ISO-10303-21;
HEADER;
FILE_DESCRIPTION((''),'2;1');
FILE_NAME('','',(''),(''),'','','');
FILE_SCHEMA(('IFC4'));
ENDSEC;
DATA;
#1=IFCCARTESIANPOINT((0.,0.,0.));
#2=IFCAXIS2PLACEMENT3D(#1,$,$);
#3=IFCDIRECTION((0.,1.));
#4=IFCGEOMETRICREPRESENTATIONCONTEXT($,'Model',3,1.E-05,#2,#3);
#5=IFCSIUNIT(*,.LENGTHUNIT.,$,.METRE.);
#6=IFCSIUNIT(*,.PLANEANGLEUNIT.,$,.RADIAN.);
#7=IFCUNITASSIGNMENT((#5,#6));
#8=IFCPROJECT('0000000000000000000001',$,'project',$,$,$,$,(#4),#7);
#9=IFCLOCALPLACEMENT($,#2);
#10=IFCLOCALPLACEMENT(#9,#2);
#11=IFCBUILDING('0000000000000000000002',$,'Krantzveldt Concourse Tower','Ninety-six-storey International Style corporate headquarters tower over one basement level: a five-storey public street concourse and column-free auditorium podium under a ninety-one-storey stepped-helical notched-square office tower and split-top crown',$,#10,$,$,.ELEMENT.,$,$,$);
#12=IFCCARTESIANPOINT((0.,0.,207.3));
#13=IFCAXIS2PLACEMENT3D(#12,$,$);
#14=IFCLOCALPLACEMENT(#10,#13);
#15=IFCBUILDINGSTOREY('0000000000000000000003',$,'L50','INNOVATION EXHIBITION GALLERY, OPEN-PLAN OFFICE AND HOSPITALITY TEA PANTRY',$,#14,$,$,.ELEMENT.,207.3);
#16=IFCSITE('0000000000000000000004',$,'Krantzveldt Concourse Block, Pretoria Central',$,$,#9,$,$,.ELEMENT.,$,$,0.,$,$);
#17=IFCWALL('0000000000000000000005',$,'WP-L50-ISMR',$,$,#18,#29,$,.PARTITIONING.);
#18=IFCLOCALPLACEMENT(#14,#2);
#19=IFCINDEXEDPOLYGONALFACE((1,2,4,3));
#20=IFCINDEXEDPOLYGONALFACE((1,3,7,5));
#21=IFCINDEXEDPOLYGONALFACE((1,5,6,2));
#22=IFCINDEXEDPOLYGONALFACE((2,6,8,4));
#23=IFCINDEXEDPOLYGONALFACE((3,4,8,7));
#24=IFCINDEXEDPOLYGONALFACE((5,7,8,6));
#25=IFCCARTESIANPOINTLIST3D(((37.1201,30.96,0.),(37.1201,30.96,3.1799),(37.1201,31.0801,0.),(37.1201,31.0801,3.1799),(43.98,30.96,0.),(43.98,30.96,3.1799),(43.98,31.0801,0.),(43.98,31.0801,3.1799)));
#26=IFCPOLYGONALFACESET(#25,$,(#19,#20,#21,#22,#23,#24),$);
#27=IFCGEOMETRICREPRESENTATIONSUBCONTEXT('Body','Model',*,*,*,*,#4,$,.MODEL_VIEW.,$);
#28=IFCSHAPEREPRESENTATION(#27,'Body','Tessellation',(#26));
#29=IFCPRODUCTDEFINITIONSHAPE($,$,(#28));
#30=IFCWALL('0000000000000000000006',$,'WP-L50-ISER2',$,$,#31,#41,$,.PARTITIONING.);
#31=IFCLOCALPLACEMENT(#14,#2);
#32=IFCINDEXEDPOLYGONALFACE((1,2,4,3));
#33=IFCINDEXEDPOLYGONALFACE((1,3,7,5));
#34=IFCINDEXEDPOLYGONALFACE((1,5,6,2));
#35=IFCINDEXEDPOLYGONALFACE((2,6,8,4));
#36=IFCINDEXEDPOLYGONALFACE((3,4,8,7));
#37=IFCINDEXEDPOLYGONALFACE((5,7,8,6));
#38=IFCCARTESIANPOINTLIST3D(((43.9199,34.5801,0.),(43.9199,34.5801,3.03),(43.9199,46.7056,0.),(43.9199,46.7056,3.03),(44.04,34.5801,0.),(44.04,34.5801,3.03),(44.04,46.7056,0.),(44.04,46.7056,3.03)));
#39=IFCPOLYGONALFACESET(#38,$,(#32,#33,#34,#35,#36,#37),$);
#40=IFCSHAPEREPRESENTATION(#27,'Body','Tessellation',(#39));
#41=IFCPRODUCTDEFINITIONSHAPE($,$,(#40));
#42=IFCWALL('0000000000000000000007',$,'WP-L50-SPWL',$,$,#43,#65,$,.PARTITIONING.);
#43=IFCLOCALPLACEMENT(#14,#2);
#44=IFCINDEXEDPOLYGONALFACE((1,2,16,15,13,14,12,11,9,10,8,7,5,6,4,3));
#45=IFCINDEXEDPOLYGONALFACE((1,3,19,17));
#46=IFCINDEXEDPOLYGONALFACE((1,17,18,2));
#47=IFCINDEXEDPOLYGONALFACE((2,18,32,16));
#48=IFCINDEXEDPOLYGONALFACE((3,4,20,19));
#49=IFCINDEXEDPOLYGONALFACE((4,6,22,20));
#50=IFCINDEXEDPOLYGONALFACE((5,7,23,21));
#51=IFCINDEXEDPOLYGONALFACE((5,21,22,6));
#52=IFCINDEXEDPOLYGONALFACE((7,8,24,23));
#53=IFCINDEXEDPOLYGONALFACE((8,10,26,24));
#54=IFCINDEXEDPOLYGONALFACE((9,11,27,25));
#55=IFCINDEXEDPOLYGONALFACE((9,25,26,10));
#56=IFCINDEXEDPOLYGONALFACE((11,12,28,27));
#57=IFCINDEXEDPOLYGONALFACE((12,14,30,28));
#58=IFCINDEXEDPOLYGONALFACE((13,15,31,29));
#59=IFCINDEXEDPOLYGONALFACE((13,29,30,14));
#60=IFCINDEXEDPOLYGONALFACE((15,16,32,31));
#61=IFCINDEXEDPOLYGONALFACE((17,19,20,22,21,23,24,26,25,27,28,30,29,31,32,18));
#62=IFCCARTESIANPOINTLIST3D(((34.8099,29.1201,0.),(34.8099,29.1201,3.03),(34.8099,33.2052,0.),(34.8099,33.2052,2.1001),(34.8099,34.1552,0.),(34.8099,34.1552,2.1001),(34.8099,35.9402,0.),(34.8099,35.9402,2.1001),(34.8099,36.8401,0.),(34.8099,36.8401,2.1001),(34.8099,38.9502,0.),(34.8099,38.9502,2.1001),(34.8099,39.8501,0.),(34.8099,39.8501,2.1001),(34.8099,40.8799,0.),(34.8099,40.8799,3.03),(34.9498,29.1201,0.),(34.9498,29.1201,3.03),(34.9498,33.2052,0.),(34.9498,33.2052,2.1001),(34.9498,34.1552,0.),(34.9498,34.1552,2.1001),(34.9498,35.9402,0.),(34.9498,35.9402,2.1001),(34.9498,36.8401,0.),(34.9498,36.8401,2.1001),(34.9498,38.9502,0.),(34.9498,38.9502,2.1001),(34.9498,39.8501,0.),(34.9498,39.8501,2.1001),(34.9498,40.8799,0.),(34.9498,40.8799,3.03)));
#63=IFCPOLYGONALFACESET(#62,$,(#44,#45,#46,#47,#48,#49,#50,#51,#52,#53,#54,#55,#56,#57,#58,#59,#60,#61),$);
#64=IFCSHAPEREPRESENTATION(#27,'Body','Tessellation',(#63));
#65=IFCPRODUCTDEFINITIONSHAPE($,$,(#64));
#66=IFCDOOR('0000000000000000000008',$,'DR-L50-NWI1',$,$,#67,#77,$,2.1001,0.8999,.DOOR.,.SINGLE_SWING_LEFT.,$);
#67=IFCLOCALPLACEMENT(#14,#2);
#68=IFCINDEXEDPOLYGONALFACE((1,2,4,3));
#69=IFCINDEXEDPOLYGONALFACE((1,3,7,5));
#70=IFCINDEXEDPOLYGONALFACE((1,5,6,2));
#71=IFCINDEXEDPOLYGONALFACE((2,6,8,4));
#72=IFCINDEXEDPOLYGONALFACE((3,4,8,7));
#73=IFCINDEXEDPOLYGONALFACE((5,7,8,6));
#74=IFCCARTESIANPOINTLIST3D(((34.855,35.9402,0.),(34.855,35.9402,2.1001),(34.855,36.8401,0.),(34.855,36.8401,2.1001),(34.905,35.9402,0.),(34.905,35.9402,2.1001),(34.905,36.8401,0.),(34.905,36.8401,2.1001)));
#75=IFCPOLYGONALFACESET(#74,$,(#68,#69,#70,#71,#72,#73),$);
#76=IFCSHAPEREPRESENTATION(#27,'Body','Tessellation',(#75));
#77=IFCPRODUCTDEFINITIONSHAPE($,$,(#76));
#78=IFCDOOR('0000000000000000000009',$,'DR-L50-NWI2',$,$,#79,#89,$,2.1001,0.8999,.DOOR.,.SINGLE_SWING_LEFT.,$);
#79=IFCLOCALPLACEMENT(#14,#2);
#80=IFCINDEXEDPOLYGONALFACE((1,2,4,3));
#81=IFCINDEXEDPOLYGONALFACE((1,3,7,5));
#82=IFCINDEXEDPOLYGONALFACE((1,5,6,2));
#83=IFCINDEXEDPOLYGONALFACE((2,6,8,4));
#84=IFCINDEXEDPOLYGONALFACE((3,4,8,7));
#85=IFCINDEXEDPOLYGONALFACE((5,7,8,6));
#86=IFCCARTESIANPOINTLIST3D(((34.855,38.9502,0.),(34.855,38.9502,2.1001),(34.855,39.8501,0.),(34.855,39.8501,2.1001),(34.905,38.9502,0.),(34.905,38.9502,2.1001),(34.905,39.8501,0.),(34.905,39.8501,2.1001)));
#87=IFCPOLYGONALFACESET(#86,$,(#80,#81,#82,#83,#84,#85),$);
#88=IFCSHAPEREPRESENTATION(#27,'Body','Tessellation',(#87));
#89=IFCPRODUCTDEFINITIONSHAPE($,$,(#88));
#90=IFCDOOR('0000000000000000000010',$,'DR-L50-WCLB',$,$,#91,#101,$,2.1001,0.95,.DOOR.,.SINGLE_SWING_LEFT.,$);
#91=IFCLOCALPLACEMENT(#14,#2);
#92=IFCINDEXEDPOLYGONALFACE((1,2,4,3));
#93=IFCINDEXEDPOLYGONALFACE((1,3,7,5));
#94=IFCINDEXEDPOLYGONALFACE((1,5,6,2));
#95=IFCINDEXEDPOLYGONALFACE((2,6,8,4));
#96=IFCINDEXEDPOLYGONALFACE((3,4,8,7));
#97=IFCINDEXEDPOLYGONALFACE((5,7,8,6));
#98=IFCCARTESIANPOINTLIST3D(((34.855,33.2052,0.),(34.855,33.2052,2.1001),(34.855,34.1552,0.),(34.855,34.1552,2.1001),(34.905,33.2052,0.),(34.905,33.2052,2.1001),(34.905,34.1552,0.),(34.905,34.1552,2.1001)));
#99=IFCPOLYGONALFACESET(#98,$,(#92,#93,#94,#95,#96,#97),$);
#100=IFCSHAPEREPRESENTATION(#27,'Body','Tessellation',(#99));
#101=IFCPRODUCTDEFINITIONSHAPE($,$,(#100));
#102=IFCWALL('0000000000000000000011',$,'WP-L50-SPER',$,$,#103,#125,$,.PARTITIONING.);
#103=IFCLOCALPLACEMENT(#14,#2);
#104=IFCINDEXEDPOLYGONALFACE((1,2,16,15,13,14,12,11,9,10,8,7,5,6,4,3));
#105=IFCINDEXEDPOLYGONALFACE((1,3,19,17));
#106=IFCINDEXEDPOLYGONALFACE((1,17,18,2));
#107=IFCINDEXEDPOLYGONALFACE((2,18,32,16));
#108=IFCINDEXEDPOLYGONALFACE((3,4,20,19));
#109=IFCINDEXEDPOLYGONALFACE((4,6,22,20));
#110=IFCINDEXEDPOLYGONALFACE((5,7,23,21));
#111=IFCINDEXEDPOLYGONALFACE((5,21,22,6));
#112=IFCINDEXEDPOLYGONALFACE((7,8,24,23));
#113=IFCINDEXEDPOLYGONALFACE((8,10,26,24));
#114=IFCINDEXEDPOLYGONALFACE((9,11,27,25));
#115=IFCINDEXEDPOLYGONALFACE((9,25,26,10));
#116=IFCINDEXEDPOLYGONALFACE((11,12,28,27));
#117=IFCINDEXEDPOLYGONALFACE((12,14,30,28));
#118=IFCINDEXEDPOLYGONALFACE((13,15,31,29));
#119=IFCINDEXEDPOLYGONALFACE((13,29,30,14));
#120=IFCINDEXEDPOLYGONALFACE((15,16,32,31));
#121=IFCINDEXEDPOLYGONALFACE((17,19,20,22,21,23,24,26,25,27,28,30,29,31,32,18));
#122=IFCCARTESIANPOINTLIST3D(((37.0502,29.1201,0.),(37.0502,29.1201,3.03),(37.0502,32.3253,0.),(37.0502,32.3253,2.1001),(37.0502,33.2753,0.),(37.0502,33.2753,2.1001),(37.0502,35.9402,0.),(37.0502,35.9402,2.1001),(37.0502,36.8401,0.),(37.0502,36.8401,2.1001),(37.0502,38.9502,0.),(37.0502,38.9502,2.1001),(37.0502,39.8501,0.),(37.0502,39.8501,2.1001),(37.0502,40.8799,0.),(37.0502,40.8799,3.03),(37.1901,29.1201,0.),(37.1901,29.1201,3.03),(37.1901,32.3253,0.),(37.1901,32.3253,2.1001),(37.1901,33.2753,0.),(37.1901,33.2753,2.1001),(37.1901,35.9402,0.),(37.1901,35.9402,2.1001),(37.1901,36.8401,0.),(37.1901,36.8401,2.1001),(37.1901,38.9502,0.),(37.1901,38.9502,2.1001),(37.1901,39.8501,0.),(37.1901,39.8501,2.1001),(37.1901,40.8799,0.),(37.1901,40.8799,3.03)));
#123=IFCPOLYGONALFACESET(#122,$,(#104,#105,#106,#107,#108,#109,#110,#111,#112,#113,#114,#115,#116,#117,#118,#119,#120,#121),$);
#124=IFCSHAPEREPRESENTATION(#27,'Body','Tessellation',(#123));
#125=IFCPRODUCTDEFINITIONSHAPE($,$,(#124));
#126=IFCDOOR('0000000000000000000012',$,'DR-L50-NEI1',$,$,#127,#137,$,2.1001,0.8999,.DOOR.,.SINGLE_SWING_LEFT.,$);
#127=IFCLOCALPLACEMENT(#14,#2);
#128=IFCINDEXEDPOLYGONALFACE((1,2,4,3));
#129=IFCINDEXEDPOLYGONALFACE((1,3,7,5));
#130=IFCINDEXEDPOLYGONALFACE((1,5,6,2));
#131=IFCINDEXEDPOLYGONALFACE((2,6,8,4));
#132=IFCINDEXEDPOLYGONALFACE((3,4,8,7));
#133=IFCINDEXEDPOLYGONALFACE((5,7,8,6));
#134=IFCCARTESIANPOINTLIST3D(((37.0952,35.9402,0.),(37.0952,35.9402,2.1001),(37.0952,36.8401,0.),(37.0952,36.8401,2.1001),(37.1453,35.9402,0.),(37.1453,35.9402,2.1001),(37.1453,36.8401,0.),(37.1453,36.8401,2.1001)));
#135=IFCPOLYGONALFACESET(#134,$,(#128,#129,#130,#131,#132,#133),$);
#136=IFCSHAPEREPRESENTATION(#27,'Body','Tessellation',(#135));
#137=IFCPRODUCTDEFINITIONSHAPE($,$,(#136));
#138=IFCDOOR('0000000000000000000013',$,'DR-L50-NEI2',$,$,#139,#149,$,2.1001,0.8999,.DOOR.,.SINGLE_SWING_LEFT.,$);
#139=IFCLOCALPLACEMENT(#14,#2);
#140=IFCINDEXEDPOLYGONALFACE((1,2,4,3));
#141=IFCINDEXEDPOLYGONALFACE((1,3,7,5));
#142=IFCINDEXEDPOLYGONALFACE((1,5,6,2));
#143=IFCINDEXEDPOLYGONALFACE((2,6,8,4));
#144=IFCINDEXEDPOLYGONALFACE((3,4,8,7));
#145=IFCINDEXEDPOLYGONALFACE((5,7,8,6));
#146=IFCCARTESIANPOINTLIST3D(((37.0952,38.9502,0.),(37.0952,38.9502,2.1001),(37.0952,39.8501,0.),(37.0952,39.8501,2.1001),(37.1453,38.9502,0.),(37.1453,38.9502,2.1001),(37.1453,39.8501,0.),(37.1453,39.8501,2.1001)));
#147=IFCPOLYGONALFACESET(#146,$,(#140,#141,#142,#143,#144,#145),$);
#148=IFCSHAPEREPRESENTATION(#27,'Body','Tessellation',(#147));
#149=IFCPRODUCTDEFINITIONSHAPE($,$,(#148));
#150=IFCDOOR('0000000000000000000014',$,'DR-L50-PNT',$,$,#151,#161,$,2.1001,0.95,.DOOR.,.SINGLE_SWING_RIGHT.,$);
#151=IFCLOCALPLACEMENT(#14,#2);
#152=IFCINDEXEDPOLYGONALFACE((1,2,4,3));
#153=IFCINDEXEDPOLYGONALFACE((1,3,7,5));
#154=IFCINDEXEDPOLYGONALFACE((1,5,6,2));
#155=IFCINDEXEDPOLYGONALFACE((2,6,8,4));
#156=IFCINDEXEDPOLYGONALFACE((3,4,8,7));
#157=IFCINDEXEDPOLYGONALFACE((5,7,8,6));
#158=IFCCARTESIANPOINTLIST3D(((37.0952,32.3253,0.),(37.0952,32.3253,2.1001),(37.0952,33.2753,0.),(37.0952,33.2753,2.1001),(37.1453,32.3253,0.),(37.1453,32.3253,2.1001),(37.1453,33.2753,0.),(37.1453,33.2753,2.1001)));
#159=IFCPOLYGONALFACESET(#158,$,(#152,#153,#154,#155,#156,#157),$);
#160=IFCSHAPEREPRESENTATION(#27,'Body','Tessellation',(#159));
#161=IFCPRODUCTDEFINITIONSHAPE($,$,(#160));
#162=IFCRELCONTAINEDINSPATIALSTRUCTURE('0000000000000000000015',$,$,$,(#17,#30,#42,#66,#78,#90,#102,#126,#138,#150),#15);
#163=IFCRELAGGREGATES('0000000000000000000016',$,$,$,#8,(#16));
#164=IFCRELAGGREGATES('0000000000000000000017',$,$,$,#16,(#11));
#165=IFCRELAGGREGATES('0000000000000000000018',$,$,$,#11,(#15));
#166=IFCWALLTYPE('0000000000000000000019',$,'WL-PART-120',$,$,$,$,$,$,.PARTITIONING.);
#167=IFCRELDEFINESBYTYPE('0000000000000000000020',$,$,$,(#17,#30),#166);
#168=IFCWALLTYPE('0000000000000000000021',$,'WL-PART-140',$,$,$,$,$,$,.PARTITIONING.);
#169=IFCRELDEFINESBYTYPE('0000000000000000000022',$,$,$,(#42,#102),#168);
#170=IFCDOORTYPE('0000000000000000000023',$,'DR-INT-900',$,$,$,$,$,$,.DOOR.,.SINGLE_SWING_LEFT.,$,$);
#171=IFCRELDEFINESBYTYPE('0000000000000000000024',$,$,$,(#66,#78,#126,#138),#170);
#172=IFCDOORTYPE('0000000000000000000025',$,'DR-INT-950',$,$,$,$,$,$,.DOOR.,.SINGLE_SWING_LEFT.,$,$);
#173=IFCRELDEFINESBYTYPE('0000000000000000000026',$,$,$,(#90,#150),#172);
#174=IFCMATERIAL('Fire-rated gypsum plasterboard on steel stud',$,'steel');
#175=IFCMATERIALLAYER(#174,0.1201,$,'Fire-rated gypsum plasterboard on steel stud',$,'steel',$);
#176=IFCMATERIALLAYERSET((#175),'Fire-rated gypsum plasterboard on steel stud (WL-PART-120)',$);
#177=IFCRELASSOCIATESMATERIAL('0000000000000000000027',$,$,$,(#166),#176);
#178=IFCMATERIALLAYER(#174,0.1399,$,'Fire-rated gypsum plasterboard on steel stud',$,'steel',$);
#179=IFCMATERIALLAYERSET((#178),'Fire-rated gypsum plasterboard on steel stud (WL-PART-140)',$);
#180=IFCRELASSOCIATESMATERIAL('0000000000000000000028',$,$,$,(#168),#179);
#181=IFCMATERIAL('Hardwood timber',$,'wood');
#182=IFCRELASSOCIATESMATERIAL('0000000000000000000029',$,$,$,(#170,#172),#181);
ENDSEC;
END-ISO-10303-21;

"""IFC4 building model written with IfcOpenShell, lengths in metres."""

from ifc_helpers import new_model, si_unit, direction, frame, frame_2d, origin, place, context, subcontext, project, spatial, rectangle, extrude, material, layer, layer_set, type_object, element, fill, save


model = new_model("IFC4")

# Units and contexts
model_context = context("Model", 3, precision=1e-05, world=origin(), true_north=direction((0.0, 1.0)))
body_context = subcontext(model_context, "Body", "Model", "MODEL_VIEW")
ifc_project = project(units=[si_unit("LENGTHUNIT", "METRE"), si_unit("PLANEANGLEUNIT", "RADIAN")], contexts=[model_context])

# Site, building, storey
site_placement = place(None, origin())
site = spatial("IfcSite", under=ifc_project, at=site_placement, Name="Krantzveldt Concourse Block, Pretoria Central", CompositionType="ELEMENT", RefElevation=0.0)
building_placement = place(site_placement, origin())
building = spatial("IfcBuilding", under=site, at=building_placement, Name="Krantzveldt Concourse Tower", Description="Ninety-six-storey International Style corporate headquarters tower over one basement level: a five-storey public street concourse and column-free auditorium podium under a ninety-one-storey stepped-helical notched-square office tower and split-top crown", CompositionType="ELEMENT")
storey_placement = place(building_placement, frame((0.0, 0.0, 207.3)))
storey = spatial("IfcBuildingStorey", under=building, at=storey_placement, Name="L50", Description="INNOVATION EXHIBITION GALLERY, OPEN-PLAN OFFICE AND HOSPITALITY TEA PANTRY", CompositionType="ELEMENT", Elevation=207.3)

# Walls
ifc_material_1 = material(Name="Fire-rated gypsum plasterboard on steel stud", Category="steel")
ifc_layer_1 = layer(ifc_material_1, 0.1201, Name="Fire-rated gypsum plasterboard on steel stud", Category="steel")
ifc_layer_set_1 = layer_set([ifc_layer_1], Name="Fire-rated gypsum plasterboard on steel stud (WL-PART-120)")
wall_type_1 = type_object("IfcWallType", Name="WL-PART-120", PredefinedType="PARTITIONING", material=ifc_layer_set_1)
wall_1_placement = place(storey_placement, frame((37.1201, 31.02, 0.0), z_axis=(0.0, 0.0, 1.0), x_axis=(1.0, 0.0, 0.0)))
element("IfcWall", 1, at=wall_1_placement, inside=storey, type_object=wall_type_1, Name="WP-L50-ISMR", PredefinedType="PARTITIONING", context=body_context, shape_type="SweptSolid", body=[
    extrude(rectangle(XDim=6.8599, YDim=0.1201, at=frame_2d((3.4299, 0.0))), origin(), (0.0, 0.0, 1.0), 3.1799),
])
wall_2_placement = place(storey_placement, frame((43.98, 34.5801, 0.0), z_axis=(0.0, 0.0, 1.0), x_axis=(0.0, 1.0, 0.0)))
element("IfcWall", 2, at=wall_2_placement, inside=storey, type_object=wall_type_1, Name="WP-L50-ISER2", PredefinedType="PARTITIONING", context=body_context, shape_type="SweptSolid", body=[
    extrude(rectangle(XDim=12.1255, YDim=0.1201, at=frame_2d((6.0627, 0.0))), origin(), (0.0, 0.0, 1.0), 3.03),
])

# Walls, openings, doors
ifc_layer_2 = layer(ifc_material_1, 0.1399, Name="Fire-rated gypsum plasterboard on steel stud", Category="steel")
ifc_layer_set_2 = layer_set([ifc_layer_2], Name="Fire-rated gypsum plasterboard on steel stud (WL-PART-140)")
wall_type_2 = type_object("IfcWallType", Name="WL-PART-140", PredefinedType="PARTITIONING", material=ifc_layer_set_2)
wall_3_placement = place(storey_placement, frame((34.8799, 29.1201, 0.0), z_axis=(0.0, 0.0, 1.0), x_axis=(0.0, 1.0, 0.0)))
wall_3 = element("IfcWall", 3, at=wall_3_placement, inside=storey, type_object=wall_type_2, Name="WP-L50-SPWL", PredefinedType="PARTITIONING", context=body_context, shape_type="SweptSolid", body=[
    extrude(rectangle(XDim=11.7598, YDim=0.1399, at=frame_2d((5.8799, 0.0))), origin(), (0.0, 0.0, 1.0), 3.03),
])
opening_1_placement = place(wall_3_placement, frame((4.085, 0.0, 0.0)))
opening_1 = element("IfcOpeningElement", 4, at=opening_1_placement, cuts=wall_3, PredefinedType="OPENING", context=body_context, shape_type="SweptSolid", body=[
    extrude(rectangle(XDim=0.95, YDim=2.1001, at=frame_2d((0.4751, 1.05))), frame((0.0, 0.0801, 0.0), z_axis=(0.0, -1.0, 0.0), x_axis=(1.0, 0.0, 0.0)), (0.0, 0.0, 1.0), 0.1599),
])
opening_2_placement = place(wall_3_placement, frame((6.8201, 0.0, 0.0)))
opening_2 = element("IfcOpeningElement", 5, at=opening_2_placement, cuts=wall_3, PredefinedType="OPENING", context=body_context, shape_type="SweptSolid", body=[
    extrude(rectangle(XDim=0.8999, YDim=2.1001, at=frame_2d((0.45, 1.05))), frame((0.0, 0.0801, 0.0), z_axis=(0.0, -1.0, 0.0), x_axis=(1.0, 0.0, 0.0)), (0.0, 0.0, 1.0), 0.1599),
])
opening_3_placement = place(wall_3_placement, frame((9.8301, 0.0, 0.0)))
opening_3 = element("IfcOpeningElement", 6, at=opening_3_placement, cuts=wall_3, PredefinedType="OPENING", context=body_context, shape_type="SweptSolid", body=[
    extrude(rectangle(XDim=0.8999, YDim=2.1001, at=frame_2d((0.45, 1.05))), frame((0.0, 0.0801, 0.0), z_axis=(0.0, -1.0, 0.0), x_axis=(1.0, 0.0, 0.0)), (0.0, 0.0, 1.0), 0.1599),
])
ifc_material_2 = material(Name="Hardwood timber", Category="wood")
door_type_1 = type_object("IfcDoorType", Name="DR-INT-900", OperationType="SINGLE_SWING_LEFT", PredefinedType="DOOR", material=ifc_material_2)
door_1_placement = place(opening_2_placement, origin())
door_1 = element("IfcDoor", 7, at=door_1_placement, inside=storey, type_object=door_type_1, Name="DR-L50-NWI1", OperationType="SINGLE_SWING_LEFT", OverallHeight=2.1001, OverallWidth=0.8999, PredefinedType="DOOR", context=body_context, shape_type="SweptSolid", body=[
    extrude(rectangle(XDim=0.8999, YDim=2.1001, at=frame_2d((0.45, 1.05))), frame((0.0, 0.0249, 0.0), z_axis=(0.0, -1.0, 0.0), x_axis=(1.0, 0.0, 0.0)), (0.0, 0.0, 1.0), 0.05),
])
fill(opening_2, door_1)
door_2_placement = place(opening_3_placement, origin())
door_2 = element("IfcDoor", 8, at=door_2_placement, inside=storey, type_object=door_type_1, Name="DR-L50-NWI2", OperationType="SINGLE_SWING_LEFT", OverallHeight=2.1001, OverallWidth=0.8999, PredefinedType="DOOR", context=body_context, shape_type="SweptSolid", body=[
    extrude(rectangle(XDim=0.8999, YDim=2.1001, at=frame_2d((0.45, 1.05))), frame((0.0, 0.0249, 0.0), z_axis=(0.0, -1.0, 0.0), x_axis=(1.0, 0.0, 0.0)), (0.0, 0.0, 1.0), 0.05),
])
fill(opening_3, door_2)
door_type_2 = type_object("IfcDoorType", Name="DR-INT-950", OperationType="SINGLE_SWING_LEFT", PredefinedType="DOOR", material=ifc_material_2)
door_3_placement = place(opening_1_placement, origin())
door_3 = element("IfcDoor", 9, at=door_3_placement, inside=storey, type_object=door_type_2, Name="DR-L50-WCLB", OperationType="SINGLE_SWING_LEFT", OverallHeight=2.1001, OverallWidth=0.95, PredefinedType="DOOR", context=body_context, shape_type="SweptSolid", body=[
    extrude(rectangle(XDim=0.95, YDim=2.1001, at=frame_2d((0.4751, 1.05))), frame((0.0, 0.0249, 0.0), z_axis=(0.0, -1.0, 0.0), x_axis=(1.0, 0.0, 0.0)), (0.0, 0.0, 1.0), 0.05),
])
fill(opening_1, door_3)
wall_4_placement = place(storey_placement, frame((37.1201, 29.1201, 0.0), z_axis=(0.0, 0.0, 1.0), x_axis=(0.0, 1.0, 0.0)))
wall_4 = element("IfcWall", 10, at=wall_4_placement, inside=storey, type_object=wall_type_2, Name="WP-L50-SPER", PredefinedType="PARTITIONING", context=body_context, shape_type="SweptSolid", body=[
    extrude(rectangle(XDim=11.7598, YDim=0.1399, at=frame_2d((5.8799, 0.0))), origin(), (0.0, 0.0, 1.0), 3.03),
])
opening_4_placement = place(wall_4_placement, frame((3.2051, 0.0, 0.0)))
opening_4 = element("IfcOpeningElement", 11, at=opening_4_placement, cuts=wall_4, PredefinedType="OPENING", context=body_context, shape_type="SweptSolid", body=[
    extrude(rectangle(XDim=0.95, YDim=2.1001, at=frame_2d((0.4751, 1.05))), frame((0.0, 0.0801, 0.0), z_axis=(0.0, -1.0, 0.0), x_axis=(1.0, 0.0, 0.0)), (0.0, 0.0, 1.0), 0.1599),
])
opening_5_placement = place(wall_4_placement, frame((6.8201, 0.0, 0.0)))
opening_5 = element("IfcOpeningElement", 12, at=opening_5_placement, cuts=wall_4, PredefinedType="OPENING", context=body_context, shape_type="SweptSolid", body=[
    extrude(rectangle(XDim=0.8999, YDim=2.1001, at=frame_2d((0.45, 1.05))), frame((0.0, 0.0801, 0.0), z_axis=(0.0, -1.0, 0.0), x_axis=(1.0, 0.0, 0.0)), (0.0, 0.0, 1.0), 0.1599),
])
opening_6_placement = place(wall_4_placement, frame((9.8301, 0.0, 0.0)))
opening_6 = element("IfcOpeningElement", 13, at=opening_6_placement, cuts=wall_4, PredefinedType="OPENING", context=body_context, shape_type="SweptSolid", body=[
    extrude(rectangle(XDim=0.8999, YDim=2.1001, at=frame_2d((0.45, 1.05))), frame((0.0, 0.0801, 0.0), z_axis=(0.0, -1.0, 0.0), x_axis=(1.0, 0.0, 0.0)), (0.0, 0.0, 1.0), 0.1599),
])
door_4_placement = place(opening_5_placement, origin())
door_4 = element("IfcDoor", 14, at=door_4_placement, inside=storey, type_object=door_type_1, Name="DR-L50-NEI1", OperationType="SINGLE_SWING_LEFT", OverallHeight=2.1001, OverallWidth=0.8999, PredefinedType="DOOR", context=body_context, shape_type="SweptSolid", body=[
    extrude(rectangle(XDim=0.8999, YDim=2.1001, at=frame_2d((0.45, 1.05))), frame((0.0, 0.0249, 0.0), z_axis=(0.0, -1.0, 0.0), x_axis=(1.0, 0.0, 0.0)), (0.0, 0.0, 1.0), 0.05),
])
fill(opening_5, door_4)
door_5_placement = place(opening_6_placement, origin())
door_5 = element("IfcDoor", 15, at=door_5_placement, inside=storey, type_object=door_type_1, Name="DR-L50-NEI2", OperationType="SINGLE_SWING_LEFT", OverallHeight=2.1001, OverallWidth=0.8999, PredefinedType="DOOR", context=body_context, shape_type="SweptSolid", body=[
    extrude(rectangle(XDim=0.8999, YDim=2.1001, at=frame_2d((0.45, 1.05))), frame((0.0, 0.0249, 0.0), z_axis=(0.0, -1.0, 0.0), x_axis=(1.0, 0.0, 0.0)), (0.0, 0.0, 1.0), 0.05),
])
fill(opening_6, door_5)
door_6_placement = place(opening_4_placement, origin())
door_6 = element("IfcDoor", 16, at=door_6_placement, inside=storey, type_object=door_type_2, Name="DR-L50-PNT", OperationType="SINGLE_SWING_RIGHT", OverallHeight=2.1001, OverallWidth=0.95, PredefinedType="DOOR", context=body_context, shape_type="SweptSolid", body=[
    extrude(rectangle(XDim=0.95, YDim=2.1001, at=frame_2d((0.4751, 1.05))), frame((0.0, 0.0249, 0.0), z_axis=(0.0, -1.0, 0.0), x_axis=(1.0, 0.0, 0.0)), (0.0, 0.0, 1.0), 0.05),
])
fill(opening_4, door_6)

save(model, "model.ifc")
